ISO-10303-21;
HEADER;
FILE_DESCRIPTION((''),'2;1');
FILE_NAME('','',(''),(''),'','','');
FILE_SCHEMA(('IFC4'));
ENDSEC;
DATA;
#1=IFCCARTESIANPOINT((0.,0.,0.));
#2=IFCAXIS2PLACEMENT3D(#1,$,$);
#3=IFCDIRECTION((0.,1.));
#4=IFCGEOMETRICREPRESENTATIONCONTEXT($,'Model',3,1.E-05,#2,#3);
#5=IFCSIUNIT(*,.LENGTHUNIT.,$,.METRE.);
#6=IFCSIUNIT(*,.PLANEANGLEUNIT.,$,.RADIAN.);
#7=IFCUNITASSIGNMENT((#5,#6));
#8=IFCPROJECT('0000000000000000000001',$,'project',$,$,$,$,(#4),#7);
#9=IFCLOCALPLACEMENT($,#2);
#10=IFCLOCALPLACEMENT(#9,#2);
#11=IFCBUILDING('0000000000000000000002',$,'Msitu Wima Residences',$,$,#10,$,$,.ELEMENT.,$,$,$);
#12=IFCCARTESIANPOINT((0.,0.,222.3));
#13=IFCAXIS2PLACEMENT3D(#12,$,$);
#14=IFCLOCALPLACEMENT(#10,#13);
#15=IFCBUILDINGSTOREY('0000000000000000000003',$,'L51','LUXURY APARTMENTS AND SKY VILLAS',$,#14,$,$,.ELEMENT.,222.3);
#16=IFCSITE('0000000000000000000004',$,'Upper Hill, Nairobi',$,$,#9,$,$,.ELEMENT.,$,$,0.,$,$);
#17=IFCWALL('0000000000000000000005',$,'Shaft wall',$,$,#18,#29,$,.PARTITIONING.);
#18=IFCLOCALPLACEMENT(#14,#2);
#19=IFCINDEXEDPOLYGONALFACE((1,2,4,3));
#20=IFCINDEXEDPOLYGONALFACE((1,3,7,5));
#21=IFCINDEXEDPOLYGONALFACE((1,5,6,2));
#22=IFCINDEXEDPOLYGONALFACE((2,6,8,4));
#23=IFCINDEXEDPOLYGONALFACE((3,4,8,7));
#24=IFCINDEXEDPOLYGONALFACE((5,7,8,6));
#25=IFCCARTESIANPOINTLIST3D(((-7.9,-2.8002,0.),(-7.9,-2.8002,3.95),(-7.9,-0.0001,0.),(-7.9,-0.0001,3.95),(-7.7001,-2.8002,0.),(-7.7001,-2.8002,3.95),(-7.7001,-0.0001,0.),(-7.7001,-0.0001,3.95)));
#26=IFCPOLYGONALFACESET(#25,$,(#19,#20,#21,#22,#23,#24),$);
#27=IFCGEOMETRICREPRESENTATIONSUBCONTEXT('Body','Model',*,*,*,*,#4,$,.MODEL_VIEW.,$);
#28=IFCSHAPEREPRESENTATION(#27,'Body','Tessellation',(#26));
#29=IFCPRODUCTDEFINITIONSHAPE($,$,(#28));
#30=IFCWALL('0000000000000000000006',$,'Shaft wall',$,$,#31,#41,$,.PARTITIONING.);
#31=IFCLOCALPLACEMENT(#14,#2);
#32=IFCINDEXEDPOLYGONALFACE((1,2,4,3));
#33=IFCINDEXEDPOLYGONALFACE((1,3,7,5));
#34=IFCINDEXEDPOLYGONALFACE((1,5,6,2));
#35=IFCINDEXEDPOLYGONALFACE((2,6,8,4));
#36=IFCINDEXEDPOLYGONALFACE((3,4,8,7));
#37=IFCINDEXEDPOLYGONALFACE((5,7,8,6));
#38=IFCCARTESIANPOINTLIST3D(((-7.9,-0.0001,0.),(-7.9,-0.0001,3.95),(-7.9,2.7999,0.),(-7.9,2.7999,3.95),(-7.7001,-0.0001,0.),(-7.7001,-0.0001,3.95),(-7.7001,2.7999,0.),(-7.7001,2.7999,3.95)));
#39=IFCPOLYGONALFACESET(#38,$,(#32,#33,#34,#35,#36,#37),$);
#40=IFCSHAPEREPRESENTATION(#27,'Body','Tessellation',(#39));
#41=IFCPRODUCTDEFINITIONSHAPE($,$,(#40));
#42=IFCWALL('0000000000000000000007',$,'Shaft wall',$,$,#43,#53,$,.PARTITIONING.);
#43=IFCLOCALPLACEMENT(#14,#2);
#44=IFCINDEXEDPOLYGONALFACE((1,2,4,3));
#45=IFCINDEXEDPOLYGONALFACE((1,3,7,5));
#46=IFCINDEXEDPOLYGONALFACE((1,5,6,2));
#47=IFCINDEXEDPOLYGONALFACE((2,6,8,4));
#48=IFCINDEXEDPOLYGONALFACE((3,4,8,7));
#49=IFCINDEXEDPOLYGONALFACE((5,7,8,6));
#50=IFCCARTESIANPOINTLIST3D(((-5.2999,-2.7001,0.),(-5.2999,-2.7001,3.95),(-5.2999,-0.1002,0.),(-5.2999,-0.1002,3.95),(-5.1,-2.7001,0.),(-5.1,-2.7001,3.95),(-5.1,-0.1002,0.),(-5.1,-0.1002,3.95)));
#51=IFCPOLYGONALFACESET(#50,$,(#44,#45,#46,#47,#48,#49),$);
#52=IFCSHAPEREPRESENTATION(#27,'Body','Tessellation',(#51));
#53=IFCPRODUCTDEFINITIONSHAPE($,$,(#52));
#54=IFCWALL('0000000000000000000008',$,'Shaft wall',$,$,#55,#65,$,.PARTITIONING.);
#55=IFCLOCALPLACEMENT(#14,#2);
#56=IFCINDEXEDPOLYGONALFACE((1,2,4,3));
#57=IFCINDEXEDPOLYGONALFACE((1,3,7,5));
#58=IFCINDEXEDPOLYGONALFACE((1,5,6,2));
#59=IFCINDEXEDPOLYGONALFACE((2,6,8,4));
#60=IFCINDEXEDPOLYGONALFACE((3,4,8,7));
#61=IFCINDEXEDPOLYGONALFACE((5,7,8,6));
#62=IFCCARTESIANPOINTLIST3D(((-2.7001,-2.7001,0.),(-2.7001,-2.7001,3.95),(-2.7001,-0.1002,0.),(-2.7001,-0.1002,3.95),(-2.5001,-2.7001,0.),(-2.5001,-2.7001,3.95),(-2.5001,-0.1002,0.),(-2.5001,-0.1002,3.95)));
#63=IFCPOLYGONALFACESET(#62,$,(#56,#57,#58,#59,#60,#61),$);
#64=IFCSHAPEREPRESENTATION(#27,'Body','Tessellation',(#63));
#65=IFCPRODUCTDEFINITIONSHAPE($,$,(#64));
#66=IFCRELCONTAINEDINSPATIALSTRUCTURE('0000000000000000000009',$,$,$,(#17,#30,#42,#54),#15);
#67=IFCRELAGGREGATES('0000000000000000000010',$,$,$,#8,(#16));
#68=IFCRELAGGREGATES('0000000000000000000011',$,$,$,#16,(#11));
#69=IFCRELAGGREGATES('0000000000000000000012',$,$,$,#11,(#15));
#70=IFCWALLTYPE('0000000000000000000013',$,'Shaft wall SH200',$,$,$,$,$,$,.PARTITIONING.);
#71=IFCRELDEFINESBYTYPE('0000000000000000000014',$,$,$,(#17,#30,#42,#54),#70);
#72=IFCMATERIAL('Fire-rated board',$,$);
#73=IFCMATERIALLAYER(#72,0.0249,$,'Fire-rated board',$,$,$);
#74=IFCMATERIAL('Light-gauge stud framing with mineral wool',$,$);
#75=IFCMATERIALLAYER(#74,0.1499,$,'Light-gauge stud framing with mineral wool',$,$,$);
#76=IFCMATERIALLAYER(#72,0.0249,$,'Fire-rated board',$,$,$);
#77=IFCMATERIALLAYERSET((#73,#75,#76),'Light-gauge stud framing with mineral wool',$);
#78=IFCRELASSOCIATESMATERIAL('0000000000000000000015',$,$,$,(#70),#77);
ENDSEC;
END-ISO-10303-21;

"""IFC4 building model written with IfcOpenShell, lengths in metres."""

from ifc_helpers import new_model, si_unit, direction, frame, frame_2d, origin, place, context, subcontext, project, spatial, rectangle, extrude, material, layer, layer_set, type_object, element, save


model = new_model("IFC4")

# Units and contexts
model_context = context("Model", 3, precision=1e-05, world=origin(), true_north=direction((0.0, 1.0)))
body_context = subcontext(model_context, "Body", "Model", "MODEL_VIEW")
ifc_project = project(units=[si_unit("LENGTHUNIT", "METRE"), si_unit("PLANEANGLEUNIT", "RADIAN")], contexts=[model_context])

# Site, building, storey
site_placement = place(None, origin())
site = spatial("IfcSite", under=ifc_project, at=site_placement, Name="Upper Hill, Nairobi", CompositionType="ELEMENT", RefElevation=0.0)
building_placement = place(site_placement, origin())
building = spatial("IfcBuilding", under=site, at=building_placement, Name="Msitu Wima Residences", CompositionType="ELEMENT")
storey_placement = place(building_placement, frame((0.0, 0.0, 222.3)))
storey = spatial("IfcBuildingStorey", under=building, at=storey_placement, Name="L51", Description="LUXURY APARTMENTS AND SKY VILLAS", CompositionType="ELEMENT", Elevation=222.3)

# Shared definitions
ifc_material_1 = material(Name="Fire-rated board")
ifc_layer_1 = layer(ifc_material_1, 0.0249, Name="Fire-rated board")
ifc_material_2 = material(Name="Light-gauge stud framing with mineral wool")
ifc_layer_2 = layer(ifc_material_2, 0.1499, Name="Light-gauge stud framing with mineral wool")
ifc_layer_3 = layer(ifc_material_1, 0.0249, Name="Fire-rated board")
ifc_layer_set_1 = layer_set([ifc_layer_1, ifc_layer_2, ifc_layer_3], Name="Light-gauge stud framing with mineral wool")
wall_type_1 = type_object("IfcWallType", Name="Shaft wall SH200", PredefinedType="PARTITIONING", material=ifc_layer_set_1)

# Walls
for number, where, z_axis, x_axis, name in (
    (1, (-7.8, -2.8, 0.0), (0.0, 0.0, 1.0), (0.0, 1.0, 0.0), "Shaft wall"),
    (2, (-7.8, 0.0, 0.0), (0.0, 0.0, 1.0), (0.0, 1.0, 0.0), "Shaft wall"),
):
    element("IfcWall", number, at=place(storey_placement, frame(where, z_axis=z_axis, x_axis=x_axis)), inside=storey, type_object=wall_type_1, Name=name, PredefinedType="PARTITIONING", context=body_context, shape_type="SweptSolid", body=[
        extrude(rectangle(XDim=2.8, YDim=0.2, at=frame_2d((1.3999, 0.0))), origin(), (0.0, 0.0, 1.0), 3.95),
    ])
for number, where, z_axis, x_axis, name in (
    (3, (-5.2, -2.7, 0.0), (0.0, 0.0, 1.0), (0.0, 1.0, 0.0), "Shaft wall"),
    (4, (-2.6001, -2.7, 0.0), (0.0, 0.0, 1.0), (0.0, 1.0, 0.0), "Shaft wall"),
):
    element("IfcWall", number, at=place(storey_placement, frame(where, z_axis=z_axis, x_axis=x_axis)), inside=storey, type_object=wall_type_1, Name=name, PredefinedType="PARTITIONING", context=body_context, shape_type="SweptSolid", body=[
        extrude(rectangle(XDim=2.5999, YDim=0.2, at=frame_2d((1.2998, 0.0))), origin(), (0.0, 0.0, 1.0), 3.95),
    ])

save(model, "model.ifc")
